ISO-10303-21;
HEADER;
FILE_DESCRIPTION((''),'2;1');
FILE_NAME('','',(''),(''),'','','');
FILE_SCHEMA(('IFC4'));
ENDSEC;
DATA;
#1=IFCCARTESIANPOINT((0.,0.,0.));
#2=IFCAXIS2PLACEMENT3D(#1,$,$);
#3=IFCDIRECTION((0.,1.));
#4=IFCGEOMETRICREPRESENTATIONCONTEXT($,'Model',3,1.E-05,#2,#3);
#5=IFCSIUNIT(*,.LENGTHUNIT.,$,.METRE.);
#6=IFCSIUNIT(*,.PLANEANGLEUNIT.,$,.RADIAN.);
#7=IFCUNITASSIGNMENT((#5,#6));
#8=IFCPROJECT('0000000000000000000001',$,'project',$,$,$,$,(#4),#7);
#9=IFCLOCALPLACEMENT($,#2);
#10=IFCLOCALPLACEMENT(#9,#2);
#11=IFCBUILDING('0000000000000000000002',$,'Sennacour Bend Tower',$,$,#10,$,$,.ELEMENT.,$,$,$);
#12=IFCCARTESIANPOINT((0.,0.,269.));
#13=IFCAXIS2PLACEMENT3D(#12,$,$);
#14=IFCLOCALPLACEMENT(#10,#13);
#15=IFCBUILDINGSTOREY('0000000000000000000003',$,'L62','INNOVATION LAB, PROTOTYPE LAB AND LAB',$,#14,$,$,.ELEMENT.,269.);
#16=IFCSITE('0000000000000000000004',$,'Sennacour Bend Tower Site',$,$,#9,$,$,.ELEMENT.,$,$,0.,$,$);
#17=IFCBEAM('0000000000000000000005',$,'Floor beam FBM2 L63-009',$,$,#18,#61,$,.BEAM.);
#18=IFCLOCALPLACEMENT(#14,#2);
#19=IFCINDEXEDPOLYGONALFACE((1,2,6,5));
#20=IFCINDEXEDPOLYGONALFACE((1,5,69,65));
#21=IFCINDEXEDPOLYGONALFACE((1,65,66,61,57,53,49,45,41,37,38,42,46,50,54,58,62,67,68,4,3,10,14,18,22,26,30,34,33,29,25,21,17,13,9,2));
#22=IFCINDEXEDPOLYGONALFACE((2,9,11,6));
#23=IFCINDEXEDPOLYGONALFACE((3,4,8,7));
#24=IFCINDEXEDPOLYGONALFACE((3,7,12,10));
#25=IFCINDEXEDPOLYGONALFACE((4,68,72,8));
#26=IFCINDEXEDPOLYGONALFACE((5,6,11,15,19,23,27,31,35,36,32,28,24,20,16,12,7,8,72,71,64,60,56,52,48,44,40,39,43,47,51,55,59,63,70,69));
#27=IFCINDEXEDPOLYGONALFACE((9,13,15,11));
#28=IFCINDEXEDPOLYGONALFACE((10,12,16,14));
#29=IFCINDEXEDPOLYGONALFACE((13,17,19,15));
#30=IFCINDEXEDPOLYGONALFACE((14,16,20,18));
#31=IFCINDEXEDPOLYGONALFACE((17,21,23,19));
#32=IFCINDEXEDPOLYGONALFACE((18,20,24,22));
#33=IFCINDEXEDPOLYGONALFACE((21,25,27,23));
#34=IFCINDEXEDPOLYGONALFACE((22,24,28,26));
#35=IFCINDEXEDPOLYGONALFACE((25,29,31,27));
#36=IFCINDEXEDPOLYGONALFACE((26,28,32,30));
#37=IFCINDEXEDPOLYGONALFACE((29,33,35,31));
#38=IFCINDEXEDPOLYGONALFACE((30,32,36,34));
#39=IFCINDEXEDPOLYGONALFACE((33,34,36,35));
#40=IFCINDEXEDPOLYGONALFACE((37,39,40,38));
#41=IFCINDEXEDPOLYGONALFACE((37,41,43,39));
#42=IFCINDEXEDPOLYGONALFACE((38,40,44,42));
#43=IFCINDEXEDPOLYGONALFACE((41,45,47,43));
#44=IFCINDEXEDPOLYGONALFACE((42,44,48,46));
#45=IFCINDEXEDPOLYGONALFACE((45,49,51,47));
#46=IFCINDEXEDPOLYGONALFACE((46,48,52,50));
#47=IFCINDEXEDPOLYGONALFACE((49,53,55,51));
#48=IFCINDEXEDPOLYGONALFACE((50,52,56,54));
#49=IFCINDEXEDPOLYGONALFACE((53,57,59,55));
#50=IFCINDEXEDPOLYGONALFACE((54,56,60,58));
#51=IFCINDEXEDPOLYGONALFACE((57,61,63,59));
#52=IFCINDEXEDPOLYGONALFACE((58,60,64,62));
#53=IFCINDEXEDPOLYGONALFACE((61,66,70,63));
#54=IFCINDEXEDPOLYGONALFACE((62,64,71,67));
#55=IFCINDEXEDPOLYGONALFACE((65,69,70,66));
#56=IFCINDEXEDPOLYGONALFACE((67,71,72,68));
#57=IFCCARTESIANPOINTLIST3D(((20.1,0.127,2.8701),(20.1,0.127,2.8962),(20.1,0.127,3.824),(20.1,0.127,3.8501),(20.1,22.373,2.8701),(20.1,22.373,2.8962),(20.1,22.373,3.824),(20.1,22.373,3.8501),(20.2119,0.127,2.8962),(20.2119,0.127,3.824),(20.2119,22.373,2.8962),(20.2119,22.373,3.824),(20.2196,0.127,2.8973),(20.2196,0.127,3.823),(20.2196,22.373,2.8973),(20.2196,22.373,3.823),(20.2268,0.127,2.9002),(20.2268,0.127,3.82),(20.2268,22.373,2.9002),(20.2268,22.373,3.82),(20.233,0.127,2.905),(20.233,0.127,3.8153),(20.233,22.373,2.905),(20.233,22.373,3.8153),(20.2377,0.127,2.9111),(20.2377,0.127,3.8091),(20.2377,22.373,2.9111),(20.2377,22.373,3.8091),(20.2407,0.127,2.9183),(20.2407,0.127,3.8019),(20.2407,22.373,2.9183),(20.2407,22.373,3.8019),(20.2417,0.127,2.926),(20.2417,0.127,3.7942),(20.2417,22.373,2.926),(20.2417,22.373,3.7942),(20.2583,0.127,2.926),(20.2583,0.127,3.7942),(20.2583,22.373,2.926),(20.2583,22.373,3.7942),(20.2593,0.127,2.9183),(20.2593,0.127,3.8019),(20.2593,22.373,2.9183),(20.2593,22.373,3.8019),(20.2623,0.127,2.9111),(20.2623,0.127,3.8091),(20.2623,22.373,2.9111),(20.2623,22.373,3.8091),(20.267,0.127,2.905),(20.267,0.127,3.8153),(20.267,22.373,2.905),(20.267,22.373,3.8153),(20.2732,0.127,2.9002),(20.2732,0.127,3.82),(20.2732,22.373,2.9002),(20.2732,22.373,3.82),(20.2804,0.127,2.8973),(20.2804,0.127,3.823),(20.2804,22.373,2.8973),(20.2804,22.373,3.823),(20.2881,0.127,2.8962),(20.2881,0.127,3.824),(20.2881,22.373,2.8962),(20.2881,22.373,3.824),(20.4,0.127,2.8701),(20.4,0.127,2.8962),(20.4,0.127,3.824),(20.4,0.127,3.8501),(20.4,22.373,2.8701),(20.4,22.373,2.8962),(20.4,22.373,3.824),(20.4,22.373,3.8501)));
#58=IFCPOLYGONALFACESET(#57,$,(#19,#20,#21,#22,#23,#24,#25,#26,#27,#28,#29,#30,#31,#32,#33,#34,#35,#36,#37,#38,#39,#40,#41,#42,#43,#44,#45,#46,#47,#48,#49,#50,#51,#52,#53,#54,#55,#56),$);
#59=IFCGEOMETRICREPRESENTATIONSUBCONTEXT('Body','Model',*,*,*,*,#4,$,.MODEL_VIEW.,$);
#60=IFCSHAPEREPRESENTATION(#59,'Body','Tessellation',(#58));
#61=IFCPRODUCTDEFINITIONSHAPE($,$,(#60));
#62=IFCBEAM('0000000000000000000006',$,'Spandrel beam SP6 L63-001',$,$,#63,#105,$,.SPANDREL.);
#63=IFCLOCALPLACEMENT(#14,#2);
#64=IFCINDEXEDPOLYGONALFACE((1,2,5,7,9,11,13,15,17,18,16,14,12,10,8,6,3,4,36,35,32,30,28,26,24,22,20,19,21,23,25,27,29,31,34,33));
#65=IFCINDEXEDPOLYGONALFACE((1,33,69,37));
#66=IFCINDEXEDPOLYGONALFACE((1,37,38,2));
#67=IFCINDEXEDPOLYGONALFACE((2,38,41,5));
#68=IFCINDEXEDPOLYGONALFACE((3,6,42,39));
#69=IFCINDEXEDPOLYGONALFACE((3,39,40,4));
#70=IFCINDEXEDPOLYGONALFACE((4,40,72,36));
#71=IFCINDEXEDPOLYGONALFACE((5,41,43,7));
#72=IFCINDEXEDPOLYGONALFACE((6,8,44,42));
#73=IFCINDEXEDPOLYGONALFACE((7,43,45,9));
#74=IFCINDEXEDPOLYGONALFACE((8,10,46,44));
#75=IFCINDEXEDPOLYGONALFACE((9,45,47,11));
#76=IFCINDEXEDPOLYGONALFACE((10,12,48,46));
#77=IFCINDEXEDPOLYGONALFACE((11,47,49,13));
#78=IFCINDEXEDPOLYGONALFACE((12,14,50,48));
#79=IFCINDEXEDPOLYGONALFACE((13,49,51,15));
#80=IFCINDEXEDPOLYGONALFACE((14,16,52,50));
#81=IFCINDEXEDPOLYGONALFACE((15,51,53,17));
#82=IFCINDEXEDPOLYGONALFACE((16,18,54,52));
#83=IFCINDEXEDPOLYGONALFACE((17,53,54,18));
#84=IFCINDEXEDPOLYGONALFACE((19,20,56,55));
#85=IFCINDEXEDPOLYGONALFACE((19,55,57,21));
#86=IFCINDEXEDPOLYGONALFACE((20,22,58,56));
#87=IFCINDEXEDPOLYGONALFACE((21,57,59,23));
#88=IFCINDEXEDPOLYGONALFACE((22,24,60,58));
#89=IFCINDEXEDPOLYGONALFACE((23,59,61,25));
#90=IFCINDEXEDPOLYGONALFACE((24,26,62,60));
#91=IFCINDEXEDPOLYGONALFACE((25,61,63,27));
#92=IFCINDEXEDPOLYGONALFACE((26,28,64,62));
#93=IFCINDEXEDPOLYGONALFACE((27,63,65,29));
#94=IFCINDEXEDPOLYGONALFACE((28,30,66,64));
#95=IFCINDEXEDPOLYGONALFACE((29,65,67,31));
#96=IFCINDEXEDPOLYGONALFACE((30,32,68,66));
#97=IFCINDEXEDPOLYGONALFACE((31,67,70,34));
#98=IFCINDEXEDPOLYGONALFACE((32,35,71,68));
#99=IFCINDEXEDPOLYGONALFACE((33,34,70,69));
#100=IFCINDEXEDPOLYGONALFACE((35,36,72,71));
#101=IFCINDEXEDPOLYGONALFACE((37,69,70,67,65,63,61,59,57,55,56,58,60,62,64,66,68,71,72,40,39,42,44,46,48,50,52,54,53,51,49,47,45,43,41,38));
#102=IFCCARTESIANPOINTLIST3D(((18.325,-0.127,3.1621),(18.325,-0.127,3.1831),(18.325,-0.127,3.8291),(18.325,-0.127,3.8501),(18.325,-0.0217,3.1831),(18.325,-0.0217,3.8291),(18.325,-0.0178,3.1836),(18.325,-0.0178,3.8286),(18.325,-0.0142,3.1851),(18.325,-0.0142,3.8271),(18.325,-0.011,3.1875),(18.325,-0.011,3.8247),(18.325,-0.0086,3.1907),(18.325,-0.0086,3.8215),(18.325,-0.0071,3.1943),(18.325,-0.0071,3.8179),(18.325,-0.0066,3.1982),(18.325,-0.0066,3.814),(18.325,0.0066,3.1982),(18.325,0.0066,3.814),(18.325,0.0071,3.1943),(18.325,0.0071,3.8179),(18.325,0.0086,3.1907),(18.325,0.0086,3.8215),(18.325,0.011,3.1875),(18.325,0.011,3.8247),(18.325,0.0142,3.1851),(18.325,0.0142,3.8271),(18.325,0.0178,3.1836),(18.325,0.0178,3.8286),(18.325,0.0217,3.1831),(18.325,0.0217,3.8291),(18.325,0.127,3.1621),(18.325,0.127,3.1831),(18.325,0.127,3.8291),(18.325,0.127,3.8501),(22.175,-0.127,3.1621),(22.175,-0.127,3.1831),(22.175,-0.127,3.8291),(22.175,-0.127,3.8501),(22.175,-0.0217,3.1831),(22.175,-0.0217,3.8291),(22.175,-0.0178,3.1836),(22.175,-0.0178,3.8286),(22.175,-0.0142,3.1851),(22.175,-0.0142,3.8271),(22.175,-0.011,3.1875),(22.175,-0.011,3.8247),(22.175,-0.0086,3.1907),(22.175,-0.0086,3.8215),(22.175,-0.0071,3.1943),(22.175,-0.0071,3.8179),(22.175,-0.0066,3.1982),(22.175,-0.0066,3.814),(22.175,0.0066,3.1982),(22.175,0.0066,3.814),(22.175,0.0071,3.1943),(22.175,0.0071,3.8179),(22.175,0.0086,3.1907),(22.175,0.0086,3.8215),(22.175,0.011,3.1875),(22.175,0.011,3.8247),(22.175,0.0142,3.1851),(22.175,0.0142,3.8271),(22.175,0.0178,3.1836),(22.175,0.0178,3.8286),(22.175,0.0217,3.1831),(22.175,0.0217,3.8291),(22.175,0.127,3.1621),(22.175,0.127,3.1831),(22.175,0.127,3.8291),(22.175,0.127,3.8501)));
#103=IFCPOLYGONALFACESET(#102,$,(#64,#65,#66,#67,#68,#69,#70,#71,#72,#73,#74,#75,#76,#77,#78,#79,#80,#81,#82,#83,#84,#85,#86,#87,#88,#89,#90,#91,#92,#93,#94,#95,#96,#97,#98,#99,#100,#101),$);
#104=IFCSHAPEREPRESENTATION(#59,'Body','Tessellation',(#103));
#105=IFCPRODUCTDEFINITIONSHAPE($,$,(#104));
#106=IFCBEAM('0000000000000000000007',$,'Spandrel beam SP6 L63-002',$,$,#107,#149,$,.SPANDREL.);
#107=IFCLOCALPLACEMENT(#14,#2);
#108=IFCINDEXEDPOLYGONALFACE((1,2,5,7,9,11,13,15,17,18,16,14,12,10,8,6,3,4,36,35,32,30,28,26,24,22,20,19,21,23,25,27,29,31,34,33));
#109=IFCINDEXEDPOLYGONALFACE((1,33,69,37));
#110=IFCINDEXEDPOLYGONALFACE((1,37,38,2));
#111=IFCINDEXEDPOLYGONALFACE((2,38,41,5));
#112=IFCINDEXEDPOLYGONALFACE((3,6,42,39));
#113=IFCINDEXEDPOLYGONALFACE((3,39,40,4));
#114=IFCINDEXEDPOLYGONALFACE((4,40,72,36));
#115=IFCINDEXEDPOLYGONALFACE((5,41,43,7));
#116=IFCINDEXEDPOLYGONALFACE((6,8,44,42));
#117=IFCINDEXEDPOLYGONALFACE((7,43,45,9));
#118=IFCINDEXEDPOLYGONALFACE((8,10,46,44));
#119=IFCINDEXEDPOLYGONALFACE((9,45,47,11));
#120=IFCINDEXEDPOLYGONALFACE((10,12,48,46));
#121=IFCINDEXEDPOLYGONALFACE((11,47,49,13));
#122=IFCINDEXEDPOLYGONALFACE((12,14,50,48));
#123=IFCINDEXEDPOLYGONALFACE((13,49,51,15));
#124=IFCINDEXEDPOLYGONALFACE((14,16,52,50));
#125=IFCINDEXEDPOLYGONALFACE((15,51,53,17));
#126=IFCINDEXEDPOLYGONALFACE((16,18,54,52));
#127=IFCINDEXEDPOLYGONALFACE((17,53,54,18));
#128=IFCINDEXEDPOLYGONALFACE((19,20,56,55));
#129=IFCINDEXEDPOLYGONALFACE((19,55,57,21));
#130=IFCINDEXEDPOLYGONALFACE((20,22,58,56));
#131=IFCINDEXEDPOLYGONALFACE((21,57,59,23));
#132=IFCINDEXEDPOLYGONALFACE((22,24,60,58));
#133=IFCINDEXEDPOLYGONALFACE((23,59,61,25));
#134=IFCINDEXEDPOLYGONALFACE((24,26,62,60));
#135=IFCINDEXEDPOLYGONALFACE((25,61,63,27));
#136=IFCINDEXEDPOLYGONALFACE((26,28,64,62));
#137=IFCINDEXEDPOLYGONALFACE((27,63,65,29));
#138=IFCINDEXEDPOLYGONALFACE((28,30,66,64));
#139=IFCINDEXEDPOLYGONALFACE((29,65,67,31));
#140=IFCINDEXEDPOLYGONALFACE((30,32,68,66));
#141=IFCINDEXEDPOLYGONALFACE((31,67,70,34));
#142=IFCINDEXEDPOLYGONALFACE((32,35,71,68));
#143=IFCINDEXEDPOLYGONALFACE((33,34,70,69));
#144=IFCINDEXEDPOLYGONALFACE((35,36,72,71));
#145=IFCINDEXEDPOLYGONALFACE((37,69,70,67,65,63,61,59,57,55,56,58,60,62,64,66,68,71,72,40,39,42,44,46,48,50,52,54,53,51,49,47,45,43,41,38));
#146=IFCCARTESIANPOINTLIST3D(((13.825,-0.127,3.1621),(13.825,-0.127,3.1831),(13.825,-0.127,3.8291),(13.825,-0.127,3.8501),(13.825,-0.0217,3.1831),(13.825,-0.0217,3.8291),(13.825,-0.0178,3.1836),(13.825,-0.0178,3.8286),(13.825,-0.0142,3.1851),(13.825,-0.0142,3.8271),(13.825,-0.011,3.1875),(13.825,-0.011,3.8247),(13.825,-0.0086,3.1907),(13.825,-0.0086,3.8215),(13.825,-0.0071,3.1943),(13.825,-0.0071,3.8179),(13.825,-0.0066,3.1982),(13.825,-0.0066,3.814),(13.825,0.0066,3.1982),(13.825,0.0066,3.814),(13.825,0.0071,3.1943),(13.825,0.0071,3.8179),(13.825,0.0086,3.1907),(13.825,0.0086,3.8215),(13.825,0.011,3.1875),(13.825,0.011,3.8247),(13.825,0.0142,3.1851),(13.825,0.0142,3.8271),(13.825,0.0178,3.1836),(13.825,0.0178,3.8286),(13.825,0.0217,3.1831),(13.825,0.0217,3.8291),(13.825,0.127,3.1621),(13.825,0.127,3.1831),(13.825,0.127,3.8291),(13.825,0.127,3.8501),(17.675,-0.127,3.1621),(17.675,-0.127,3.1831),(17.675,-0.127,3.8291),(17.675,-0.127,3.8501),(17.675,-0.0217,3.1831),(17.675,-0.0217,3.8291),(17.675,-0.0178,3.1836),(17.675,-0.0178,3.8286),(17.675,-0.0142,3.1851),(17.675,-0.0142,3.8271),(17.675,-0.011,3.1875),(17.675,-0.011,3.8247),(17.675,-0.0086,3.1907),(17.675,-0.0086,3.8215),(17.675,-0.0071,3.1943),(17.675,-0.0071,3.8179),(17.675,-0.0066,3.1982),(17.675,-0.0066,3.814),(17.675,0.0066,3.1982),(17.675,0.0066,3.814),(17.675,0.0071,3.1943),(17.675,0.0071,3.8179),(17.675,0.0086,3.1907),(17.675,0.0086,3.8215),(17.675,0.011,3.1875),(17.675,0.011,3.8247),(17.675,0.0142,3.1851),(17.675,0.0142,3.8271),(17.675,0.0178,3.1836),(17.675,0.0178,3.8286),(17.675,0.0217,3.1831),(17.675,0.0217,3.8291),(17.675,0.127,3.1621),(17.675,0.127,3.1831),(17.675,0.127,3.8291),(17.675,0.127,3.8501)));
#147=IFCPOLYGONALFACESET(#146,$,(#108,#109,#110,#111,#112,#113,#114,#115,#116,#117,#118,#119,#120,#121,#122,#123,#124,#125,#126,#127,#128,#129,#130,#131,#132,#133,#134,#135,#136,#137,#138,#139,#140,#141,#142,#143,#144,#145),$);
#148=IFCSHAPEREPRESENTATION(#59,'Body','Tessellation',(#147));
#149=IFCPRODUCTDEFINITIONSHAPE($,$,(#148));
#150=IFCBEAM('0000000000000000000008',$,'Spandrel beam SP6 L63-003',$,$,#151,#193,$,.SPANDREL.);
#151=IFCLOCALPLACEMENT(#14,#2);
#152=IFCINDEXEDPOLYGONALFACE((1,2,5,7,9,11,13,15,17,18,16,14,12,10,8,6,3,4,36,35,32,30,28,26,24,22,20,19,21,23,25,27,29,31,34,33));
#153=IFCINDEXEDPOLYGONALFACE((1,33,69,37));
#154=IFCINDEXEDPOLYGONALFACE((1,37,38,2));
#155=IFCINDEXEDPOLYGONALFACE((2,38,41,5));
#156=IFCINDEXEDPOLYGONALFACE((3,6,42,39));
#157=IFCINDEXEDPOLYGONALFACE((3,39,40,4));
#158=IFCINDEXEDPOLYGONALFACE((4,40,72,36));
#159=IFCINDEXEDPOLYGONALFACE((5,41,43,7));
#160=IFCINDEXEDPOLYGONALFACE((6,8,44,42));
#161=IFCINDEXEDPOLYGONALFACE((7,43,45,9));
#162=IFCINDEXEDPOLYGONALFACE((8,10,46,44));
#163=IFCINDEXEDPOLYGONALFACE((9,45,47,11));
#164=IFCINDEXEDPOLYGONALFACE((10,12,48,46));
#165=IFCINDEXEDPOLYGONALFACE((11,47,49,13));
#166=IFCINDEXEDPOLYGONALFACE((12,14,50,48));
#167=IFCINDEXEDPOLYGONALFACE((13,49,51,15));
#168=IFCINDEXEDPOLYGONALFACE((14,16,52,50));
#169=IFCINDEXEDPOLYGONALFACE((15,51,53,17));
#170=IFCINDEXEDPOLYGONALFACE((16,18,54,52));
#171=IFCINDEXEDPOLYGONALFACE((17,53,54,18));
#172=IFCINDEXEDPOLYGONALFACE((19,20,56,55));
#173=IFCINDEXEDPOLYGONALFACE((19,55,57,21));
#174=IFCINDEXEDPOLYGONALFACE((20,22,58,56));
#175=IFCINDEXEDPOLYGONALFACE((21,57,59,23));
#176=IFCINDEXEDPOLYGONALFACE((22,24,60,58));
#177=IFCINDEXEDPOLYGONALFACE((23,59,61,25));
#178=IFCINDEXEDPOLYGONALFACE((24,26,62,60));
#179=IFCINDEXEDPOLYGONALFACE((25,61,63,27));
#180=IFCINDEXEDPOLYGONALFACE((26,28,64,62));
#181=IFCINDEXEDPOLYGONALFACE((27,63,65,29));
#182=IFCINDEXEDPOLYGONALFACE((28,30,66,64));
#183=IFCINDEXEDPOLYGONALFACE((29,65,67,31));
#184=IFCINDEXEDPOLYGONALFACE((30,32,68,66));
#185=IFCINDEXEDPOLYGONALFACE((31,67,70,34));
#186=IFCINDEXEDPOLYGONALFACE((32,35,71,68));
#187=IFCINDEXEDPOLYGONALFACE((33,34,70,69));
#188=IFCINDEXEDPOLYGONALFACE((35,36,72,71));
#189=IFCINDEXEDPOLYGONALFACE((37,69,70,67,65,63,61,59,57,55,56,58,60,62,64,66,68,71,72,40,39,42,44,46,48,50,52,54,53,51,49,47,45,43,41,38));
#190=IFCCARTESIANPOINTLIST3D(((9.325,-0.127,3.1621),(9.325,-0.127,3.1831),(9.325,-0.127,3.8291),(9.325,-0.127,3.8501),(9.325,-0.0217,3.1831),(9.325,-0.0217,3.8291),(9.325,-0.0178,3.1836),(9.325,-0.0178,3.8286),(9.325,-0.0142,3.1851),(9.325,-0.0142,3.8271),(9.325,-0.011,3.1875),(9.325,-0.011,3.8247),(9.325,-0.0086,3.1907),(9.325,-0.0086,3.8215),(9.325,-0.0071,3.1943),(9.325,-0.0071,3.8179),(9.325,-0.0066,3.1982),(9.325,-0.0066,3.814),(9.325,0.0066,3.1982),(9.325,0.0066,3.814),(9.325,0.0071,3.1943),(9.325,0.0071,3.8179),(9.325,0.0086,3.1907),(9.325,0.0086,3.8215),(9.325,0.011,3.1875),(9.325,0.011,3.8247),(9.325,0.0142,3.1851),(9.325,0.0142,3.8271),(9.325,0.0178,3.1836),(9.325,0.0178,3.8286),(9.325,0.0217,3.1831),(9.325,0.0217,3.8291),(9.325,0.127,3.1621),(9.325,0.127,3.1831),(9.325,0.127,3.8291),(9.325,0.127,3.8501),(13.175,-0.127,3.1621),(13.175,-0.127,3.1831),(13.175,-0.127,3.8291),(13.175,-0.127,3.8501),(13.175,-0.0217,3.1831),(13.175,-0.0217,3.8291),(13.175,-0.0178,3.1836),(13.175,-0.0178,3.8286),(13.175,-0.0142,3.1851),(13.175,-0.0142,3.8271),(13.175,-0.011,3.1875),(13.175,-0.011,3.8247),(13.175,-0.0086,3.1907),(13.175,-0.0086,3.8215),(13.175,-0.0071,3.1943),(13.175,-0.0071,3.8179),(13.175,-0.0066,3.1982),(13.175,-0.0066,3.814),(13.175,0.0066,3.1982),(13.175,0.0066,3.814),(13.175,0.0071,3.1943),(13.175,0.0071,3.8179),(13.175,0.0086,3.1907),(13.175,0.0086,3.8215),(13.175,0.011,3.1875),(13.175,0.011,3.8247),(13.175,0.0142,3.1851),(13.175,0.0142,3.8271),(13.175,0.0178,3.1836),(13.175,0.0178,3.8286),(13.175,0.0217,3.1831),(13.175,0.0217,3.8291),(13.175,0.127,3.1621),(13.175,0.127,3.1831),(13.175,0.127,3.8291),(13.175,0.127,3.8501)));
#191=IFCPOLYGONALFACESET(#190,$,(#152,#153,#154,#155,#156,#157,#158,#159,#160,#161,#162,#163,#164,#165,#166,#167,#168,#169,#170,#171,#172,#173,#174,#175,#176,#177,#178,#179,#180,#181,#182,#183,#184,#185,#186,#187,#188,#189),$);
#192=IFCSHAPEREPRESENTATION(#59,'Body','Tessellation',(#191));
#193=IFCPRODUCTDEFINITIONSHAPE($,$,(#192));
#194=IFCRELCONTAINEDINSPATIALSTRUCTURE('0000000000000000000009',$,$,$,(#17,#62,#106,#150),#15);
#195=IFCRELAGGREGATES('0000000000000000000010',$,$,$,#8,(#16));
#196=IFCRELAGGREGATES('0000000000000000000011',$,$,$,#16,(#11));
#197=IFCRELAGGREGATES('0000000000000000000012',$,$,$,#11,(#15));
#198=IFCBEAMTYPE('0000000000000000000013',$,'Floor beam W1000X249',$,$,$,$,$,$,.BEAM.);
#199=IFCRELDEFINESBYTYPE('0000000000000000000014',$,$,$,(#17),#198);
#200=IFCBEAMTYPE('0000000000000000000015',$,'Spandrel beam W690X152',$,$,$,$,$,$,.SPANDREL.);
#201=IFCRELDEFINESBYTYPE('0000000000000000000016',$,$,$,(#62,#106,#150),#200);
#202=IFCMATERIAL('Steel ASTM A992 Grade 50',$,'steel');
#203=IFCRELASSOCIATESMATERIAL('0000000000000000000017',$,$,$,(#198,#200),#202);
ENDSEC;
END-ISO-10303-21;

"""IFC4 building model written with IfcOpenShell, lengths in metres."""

from ifc_helpers import new_model, si_unit, direction, frame, origin, origin_2d, place, context, subcontext, project, spatial, i_section, extrude, material, material_profile, profile_set, type_object, element, save


model = new_model("IFC4")

# Units and contexts
model_context = context("Model", 3, precision=1e-05, world=origin(), true_north=direction((0.0, 1.0)))
body_context = subcontext(model_context, "Body", "Model", "MODEL_VIEW")
ifc_project = project(units=[si_unit("LENGTHUNIT", "METRE"), si_unit("PLANEANGLEUNIT", "RADIAN")], contexts=[model_context])

# Site, building, storey
site_placement = place(None, origin())
site = spatial("IfcSite", under=ifc_project, at=site_placement, Name="Sennacour Bend Tower Site", CompositionType="ELEMENT", RefElevation=0.0)
building_placement = place(site_placement, origin())
building = spatial("IfcBuilding", under=site, at=building_placement, Name="Sennacour Bend Tower", CompositionType="ELEMENT")
storey_placement = place(building_placement, frame((0.0, 0.0, 269.0)))
storey = spatial("IfcBuildingStorey", under=building, at=storey_placement, Name="L62", Description="INNOVATION LAB, PROTOTYPE LAB AND LAB", CompositionType="ELEMENT", Elevation=269.0)

# Beams
ifc_material_1 = material(Name="Steel ASTM A992 Grade 50", Category="steel")
ifc_material_profile_1 = material_profile(ifc_material_1, i_section(OverallWidth=0.3, OverallDepth=0.98, WebThickness=0.0166, FlangeThickness=0.0261, FilletRadius=0.0298, at=origin_2d()), Name="Steel ASTM A992 Grade 50", Category="steel")
ifc_profile_set_1 = profile_set([ifc_material_profile_1], Name="Steel ASTM A992 Grade 50")
beam_type_1 = type_object("IfcBeamType", Name="Floor beam W1000X249", PredefinedType="BEAM", material=ifc_profile_set_1)
for number, where, z_axis, x_axis, name in (
    (1, (20.25, 0.127, 3.3601), (0.0, 1.0, 0.0), (-1.0, 0.0, 0.0), "Floor beam FBM2 L63-009"),
):
    element("IfcBeam", number, at=place(storey_placement, frame(where, z_axis=z_axis, x_axis=x_axis)), inside=storey, type_object=beam_type_1, Name=name, PredefinedType="BEAM", context=body_context, shape_type="SweptSolid", body=[
        extrude(i_section(OverallWidth=0.3, OverallDepth=0.98, WebThickness=0.0166, FlangeThickness=0.0261, FilletRadius=0.0298, at=origin_2d()), origin(), (0.0, 0.0, 1.0), 22.2461),
    ])
ifc_material_profile_2 = material_profile(ifc_material_1, i_section(OverallWidth=0.2539, OverallDepth=0.688, WebThickness=0.0132, FlangeThickness=0.021, FilletRadius=0.0151, at=origin_2d()), Name="Steel ASTM A992 Grade 50", Category="steel")
ifc_profile_set_2 = profile_set([ifc_material_profile_2], Name="Steel ASTM A992 Grade 50")
beam_type_2 = type_object("IfcBeamType", Name="Spandrel beam W690X152", PredefinedType="SPANDREL", material=ifc_profile_set_2)
for number, where, z_axis, x_axis, name in (
    (2, (22.175, 0.0, 3.5061), (-1.0, 0.0, 0.0), (0.0, -1.0, 0.0), "Spandrel beam SP6 L63-001"),
    (3, (17.675, 0.0, 3.5061), (-1.0, 0.0, 0.0), (0.0, -1.0, 0.0), "Spandrel beam SP6 L63-002"),
    (4, (13.175, 0.0, 3.5061), (-1.0, 0.0, 0.0), (0.0, -1.0, 0.0), "Spandrel beam SP6 L63-003"),
):
    element("IfcBeam", number, at=place(storey_placement, frame(where, z_axis=z_axis, x_axis=x_axis)), inside=storey, type_object=beam_type_2, Name=name, PredefinedType="SPANDREL", context=body_context, shape_type="SweptSolid", body=[
        extrude(i_section(OverallWidth=0.2539, OverallDepth=0.688, WebThickness=0.0132, FlangeThickness=0.021, FilletRadius=0.0151, at=origin_2d()), origin(), (0.0, 0.0, 1.0), 3.8501),
    ])

save(model, "model.ifc")
